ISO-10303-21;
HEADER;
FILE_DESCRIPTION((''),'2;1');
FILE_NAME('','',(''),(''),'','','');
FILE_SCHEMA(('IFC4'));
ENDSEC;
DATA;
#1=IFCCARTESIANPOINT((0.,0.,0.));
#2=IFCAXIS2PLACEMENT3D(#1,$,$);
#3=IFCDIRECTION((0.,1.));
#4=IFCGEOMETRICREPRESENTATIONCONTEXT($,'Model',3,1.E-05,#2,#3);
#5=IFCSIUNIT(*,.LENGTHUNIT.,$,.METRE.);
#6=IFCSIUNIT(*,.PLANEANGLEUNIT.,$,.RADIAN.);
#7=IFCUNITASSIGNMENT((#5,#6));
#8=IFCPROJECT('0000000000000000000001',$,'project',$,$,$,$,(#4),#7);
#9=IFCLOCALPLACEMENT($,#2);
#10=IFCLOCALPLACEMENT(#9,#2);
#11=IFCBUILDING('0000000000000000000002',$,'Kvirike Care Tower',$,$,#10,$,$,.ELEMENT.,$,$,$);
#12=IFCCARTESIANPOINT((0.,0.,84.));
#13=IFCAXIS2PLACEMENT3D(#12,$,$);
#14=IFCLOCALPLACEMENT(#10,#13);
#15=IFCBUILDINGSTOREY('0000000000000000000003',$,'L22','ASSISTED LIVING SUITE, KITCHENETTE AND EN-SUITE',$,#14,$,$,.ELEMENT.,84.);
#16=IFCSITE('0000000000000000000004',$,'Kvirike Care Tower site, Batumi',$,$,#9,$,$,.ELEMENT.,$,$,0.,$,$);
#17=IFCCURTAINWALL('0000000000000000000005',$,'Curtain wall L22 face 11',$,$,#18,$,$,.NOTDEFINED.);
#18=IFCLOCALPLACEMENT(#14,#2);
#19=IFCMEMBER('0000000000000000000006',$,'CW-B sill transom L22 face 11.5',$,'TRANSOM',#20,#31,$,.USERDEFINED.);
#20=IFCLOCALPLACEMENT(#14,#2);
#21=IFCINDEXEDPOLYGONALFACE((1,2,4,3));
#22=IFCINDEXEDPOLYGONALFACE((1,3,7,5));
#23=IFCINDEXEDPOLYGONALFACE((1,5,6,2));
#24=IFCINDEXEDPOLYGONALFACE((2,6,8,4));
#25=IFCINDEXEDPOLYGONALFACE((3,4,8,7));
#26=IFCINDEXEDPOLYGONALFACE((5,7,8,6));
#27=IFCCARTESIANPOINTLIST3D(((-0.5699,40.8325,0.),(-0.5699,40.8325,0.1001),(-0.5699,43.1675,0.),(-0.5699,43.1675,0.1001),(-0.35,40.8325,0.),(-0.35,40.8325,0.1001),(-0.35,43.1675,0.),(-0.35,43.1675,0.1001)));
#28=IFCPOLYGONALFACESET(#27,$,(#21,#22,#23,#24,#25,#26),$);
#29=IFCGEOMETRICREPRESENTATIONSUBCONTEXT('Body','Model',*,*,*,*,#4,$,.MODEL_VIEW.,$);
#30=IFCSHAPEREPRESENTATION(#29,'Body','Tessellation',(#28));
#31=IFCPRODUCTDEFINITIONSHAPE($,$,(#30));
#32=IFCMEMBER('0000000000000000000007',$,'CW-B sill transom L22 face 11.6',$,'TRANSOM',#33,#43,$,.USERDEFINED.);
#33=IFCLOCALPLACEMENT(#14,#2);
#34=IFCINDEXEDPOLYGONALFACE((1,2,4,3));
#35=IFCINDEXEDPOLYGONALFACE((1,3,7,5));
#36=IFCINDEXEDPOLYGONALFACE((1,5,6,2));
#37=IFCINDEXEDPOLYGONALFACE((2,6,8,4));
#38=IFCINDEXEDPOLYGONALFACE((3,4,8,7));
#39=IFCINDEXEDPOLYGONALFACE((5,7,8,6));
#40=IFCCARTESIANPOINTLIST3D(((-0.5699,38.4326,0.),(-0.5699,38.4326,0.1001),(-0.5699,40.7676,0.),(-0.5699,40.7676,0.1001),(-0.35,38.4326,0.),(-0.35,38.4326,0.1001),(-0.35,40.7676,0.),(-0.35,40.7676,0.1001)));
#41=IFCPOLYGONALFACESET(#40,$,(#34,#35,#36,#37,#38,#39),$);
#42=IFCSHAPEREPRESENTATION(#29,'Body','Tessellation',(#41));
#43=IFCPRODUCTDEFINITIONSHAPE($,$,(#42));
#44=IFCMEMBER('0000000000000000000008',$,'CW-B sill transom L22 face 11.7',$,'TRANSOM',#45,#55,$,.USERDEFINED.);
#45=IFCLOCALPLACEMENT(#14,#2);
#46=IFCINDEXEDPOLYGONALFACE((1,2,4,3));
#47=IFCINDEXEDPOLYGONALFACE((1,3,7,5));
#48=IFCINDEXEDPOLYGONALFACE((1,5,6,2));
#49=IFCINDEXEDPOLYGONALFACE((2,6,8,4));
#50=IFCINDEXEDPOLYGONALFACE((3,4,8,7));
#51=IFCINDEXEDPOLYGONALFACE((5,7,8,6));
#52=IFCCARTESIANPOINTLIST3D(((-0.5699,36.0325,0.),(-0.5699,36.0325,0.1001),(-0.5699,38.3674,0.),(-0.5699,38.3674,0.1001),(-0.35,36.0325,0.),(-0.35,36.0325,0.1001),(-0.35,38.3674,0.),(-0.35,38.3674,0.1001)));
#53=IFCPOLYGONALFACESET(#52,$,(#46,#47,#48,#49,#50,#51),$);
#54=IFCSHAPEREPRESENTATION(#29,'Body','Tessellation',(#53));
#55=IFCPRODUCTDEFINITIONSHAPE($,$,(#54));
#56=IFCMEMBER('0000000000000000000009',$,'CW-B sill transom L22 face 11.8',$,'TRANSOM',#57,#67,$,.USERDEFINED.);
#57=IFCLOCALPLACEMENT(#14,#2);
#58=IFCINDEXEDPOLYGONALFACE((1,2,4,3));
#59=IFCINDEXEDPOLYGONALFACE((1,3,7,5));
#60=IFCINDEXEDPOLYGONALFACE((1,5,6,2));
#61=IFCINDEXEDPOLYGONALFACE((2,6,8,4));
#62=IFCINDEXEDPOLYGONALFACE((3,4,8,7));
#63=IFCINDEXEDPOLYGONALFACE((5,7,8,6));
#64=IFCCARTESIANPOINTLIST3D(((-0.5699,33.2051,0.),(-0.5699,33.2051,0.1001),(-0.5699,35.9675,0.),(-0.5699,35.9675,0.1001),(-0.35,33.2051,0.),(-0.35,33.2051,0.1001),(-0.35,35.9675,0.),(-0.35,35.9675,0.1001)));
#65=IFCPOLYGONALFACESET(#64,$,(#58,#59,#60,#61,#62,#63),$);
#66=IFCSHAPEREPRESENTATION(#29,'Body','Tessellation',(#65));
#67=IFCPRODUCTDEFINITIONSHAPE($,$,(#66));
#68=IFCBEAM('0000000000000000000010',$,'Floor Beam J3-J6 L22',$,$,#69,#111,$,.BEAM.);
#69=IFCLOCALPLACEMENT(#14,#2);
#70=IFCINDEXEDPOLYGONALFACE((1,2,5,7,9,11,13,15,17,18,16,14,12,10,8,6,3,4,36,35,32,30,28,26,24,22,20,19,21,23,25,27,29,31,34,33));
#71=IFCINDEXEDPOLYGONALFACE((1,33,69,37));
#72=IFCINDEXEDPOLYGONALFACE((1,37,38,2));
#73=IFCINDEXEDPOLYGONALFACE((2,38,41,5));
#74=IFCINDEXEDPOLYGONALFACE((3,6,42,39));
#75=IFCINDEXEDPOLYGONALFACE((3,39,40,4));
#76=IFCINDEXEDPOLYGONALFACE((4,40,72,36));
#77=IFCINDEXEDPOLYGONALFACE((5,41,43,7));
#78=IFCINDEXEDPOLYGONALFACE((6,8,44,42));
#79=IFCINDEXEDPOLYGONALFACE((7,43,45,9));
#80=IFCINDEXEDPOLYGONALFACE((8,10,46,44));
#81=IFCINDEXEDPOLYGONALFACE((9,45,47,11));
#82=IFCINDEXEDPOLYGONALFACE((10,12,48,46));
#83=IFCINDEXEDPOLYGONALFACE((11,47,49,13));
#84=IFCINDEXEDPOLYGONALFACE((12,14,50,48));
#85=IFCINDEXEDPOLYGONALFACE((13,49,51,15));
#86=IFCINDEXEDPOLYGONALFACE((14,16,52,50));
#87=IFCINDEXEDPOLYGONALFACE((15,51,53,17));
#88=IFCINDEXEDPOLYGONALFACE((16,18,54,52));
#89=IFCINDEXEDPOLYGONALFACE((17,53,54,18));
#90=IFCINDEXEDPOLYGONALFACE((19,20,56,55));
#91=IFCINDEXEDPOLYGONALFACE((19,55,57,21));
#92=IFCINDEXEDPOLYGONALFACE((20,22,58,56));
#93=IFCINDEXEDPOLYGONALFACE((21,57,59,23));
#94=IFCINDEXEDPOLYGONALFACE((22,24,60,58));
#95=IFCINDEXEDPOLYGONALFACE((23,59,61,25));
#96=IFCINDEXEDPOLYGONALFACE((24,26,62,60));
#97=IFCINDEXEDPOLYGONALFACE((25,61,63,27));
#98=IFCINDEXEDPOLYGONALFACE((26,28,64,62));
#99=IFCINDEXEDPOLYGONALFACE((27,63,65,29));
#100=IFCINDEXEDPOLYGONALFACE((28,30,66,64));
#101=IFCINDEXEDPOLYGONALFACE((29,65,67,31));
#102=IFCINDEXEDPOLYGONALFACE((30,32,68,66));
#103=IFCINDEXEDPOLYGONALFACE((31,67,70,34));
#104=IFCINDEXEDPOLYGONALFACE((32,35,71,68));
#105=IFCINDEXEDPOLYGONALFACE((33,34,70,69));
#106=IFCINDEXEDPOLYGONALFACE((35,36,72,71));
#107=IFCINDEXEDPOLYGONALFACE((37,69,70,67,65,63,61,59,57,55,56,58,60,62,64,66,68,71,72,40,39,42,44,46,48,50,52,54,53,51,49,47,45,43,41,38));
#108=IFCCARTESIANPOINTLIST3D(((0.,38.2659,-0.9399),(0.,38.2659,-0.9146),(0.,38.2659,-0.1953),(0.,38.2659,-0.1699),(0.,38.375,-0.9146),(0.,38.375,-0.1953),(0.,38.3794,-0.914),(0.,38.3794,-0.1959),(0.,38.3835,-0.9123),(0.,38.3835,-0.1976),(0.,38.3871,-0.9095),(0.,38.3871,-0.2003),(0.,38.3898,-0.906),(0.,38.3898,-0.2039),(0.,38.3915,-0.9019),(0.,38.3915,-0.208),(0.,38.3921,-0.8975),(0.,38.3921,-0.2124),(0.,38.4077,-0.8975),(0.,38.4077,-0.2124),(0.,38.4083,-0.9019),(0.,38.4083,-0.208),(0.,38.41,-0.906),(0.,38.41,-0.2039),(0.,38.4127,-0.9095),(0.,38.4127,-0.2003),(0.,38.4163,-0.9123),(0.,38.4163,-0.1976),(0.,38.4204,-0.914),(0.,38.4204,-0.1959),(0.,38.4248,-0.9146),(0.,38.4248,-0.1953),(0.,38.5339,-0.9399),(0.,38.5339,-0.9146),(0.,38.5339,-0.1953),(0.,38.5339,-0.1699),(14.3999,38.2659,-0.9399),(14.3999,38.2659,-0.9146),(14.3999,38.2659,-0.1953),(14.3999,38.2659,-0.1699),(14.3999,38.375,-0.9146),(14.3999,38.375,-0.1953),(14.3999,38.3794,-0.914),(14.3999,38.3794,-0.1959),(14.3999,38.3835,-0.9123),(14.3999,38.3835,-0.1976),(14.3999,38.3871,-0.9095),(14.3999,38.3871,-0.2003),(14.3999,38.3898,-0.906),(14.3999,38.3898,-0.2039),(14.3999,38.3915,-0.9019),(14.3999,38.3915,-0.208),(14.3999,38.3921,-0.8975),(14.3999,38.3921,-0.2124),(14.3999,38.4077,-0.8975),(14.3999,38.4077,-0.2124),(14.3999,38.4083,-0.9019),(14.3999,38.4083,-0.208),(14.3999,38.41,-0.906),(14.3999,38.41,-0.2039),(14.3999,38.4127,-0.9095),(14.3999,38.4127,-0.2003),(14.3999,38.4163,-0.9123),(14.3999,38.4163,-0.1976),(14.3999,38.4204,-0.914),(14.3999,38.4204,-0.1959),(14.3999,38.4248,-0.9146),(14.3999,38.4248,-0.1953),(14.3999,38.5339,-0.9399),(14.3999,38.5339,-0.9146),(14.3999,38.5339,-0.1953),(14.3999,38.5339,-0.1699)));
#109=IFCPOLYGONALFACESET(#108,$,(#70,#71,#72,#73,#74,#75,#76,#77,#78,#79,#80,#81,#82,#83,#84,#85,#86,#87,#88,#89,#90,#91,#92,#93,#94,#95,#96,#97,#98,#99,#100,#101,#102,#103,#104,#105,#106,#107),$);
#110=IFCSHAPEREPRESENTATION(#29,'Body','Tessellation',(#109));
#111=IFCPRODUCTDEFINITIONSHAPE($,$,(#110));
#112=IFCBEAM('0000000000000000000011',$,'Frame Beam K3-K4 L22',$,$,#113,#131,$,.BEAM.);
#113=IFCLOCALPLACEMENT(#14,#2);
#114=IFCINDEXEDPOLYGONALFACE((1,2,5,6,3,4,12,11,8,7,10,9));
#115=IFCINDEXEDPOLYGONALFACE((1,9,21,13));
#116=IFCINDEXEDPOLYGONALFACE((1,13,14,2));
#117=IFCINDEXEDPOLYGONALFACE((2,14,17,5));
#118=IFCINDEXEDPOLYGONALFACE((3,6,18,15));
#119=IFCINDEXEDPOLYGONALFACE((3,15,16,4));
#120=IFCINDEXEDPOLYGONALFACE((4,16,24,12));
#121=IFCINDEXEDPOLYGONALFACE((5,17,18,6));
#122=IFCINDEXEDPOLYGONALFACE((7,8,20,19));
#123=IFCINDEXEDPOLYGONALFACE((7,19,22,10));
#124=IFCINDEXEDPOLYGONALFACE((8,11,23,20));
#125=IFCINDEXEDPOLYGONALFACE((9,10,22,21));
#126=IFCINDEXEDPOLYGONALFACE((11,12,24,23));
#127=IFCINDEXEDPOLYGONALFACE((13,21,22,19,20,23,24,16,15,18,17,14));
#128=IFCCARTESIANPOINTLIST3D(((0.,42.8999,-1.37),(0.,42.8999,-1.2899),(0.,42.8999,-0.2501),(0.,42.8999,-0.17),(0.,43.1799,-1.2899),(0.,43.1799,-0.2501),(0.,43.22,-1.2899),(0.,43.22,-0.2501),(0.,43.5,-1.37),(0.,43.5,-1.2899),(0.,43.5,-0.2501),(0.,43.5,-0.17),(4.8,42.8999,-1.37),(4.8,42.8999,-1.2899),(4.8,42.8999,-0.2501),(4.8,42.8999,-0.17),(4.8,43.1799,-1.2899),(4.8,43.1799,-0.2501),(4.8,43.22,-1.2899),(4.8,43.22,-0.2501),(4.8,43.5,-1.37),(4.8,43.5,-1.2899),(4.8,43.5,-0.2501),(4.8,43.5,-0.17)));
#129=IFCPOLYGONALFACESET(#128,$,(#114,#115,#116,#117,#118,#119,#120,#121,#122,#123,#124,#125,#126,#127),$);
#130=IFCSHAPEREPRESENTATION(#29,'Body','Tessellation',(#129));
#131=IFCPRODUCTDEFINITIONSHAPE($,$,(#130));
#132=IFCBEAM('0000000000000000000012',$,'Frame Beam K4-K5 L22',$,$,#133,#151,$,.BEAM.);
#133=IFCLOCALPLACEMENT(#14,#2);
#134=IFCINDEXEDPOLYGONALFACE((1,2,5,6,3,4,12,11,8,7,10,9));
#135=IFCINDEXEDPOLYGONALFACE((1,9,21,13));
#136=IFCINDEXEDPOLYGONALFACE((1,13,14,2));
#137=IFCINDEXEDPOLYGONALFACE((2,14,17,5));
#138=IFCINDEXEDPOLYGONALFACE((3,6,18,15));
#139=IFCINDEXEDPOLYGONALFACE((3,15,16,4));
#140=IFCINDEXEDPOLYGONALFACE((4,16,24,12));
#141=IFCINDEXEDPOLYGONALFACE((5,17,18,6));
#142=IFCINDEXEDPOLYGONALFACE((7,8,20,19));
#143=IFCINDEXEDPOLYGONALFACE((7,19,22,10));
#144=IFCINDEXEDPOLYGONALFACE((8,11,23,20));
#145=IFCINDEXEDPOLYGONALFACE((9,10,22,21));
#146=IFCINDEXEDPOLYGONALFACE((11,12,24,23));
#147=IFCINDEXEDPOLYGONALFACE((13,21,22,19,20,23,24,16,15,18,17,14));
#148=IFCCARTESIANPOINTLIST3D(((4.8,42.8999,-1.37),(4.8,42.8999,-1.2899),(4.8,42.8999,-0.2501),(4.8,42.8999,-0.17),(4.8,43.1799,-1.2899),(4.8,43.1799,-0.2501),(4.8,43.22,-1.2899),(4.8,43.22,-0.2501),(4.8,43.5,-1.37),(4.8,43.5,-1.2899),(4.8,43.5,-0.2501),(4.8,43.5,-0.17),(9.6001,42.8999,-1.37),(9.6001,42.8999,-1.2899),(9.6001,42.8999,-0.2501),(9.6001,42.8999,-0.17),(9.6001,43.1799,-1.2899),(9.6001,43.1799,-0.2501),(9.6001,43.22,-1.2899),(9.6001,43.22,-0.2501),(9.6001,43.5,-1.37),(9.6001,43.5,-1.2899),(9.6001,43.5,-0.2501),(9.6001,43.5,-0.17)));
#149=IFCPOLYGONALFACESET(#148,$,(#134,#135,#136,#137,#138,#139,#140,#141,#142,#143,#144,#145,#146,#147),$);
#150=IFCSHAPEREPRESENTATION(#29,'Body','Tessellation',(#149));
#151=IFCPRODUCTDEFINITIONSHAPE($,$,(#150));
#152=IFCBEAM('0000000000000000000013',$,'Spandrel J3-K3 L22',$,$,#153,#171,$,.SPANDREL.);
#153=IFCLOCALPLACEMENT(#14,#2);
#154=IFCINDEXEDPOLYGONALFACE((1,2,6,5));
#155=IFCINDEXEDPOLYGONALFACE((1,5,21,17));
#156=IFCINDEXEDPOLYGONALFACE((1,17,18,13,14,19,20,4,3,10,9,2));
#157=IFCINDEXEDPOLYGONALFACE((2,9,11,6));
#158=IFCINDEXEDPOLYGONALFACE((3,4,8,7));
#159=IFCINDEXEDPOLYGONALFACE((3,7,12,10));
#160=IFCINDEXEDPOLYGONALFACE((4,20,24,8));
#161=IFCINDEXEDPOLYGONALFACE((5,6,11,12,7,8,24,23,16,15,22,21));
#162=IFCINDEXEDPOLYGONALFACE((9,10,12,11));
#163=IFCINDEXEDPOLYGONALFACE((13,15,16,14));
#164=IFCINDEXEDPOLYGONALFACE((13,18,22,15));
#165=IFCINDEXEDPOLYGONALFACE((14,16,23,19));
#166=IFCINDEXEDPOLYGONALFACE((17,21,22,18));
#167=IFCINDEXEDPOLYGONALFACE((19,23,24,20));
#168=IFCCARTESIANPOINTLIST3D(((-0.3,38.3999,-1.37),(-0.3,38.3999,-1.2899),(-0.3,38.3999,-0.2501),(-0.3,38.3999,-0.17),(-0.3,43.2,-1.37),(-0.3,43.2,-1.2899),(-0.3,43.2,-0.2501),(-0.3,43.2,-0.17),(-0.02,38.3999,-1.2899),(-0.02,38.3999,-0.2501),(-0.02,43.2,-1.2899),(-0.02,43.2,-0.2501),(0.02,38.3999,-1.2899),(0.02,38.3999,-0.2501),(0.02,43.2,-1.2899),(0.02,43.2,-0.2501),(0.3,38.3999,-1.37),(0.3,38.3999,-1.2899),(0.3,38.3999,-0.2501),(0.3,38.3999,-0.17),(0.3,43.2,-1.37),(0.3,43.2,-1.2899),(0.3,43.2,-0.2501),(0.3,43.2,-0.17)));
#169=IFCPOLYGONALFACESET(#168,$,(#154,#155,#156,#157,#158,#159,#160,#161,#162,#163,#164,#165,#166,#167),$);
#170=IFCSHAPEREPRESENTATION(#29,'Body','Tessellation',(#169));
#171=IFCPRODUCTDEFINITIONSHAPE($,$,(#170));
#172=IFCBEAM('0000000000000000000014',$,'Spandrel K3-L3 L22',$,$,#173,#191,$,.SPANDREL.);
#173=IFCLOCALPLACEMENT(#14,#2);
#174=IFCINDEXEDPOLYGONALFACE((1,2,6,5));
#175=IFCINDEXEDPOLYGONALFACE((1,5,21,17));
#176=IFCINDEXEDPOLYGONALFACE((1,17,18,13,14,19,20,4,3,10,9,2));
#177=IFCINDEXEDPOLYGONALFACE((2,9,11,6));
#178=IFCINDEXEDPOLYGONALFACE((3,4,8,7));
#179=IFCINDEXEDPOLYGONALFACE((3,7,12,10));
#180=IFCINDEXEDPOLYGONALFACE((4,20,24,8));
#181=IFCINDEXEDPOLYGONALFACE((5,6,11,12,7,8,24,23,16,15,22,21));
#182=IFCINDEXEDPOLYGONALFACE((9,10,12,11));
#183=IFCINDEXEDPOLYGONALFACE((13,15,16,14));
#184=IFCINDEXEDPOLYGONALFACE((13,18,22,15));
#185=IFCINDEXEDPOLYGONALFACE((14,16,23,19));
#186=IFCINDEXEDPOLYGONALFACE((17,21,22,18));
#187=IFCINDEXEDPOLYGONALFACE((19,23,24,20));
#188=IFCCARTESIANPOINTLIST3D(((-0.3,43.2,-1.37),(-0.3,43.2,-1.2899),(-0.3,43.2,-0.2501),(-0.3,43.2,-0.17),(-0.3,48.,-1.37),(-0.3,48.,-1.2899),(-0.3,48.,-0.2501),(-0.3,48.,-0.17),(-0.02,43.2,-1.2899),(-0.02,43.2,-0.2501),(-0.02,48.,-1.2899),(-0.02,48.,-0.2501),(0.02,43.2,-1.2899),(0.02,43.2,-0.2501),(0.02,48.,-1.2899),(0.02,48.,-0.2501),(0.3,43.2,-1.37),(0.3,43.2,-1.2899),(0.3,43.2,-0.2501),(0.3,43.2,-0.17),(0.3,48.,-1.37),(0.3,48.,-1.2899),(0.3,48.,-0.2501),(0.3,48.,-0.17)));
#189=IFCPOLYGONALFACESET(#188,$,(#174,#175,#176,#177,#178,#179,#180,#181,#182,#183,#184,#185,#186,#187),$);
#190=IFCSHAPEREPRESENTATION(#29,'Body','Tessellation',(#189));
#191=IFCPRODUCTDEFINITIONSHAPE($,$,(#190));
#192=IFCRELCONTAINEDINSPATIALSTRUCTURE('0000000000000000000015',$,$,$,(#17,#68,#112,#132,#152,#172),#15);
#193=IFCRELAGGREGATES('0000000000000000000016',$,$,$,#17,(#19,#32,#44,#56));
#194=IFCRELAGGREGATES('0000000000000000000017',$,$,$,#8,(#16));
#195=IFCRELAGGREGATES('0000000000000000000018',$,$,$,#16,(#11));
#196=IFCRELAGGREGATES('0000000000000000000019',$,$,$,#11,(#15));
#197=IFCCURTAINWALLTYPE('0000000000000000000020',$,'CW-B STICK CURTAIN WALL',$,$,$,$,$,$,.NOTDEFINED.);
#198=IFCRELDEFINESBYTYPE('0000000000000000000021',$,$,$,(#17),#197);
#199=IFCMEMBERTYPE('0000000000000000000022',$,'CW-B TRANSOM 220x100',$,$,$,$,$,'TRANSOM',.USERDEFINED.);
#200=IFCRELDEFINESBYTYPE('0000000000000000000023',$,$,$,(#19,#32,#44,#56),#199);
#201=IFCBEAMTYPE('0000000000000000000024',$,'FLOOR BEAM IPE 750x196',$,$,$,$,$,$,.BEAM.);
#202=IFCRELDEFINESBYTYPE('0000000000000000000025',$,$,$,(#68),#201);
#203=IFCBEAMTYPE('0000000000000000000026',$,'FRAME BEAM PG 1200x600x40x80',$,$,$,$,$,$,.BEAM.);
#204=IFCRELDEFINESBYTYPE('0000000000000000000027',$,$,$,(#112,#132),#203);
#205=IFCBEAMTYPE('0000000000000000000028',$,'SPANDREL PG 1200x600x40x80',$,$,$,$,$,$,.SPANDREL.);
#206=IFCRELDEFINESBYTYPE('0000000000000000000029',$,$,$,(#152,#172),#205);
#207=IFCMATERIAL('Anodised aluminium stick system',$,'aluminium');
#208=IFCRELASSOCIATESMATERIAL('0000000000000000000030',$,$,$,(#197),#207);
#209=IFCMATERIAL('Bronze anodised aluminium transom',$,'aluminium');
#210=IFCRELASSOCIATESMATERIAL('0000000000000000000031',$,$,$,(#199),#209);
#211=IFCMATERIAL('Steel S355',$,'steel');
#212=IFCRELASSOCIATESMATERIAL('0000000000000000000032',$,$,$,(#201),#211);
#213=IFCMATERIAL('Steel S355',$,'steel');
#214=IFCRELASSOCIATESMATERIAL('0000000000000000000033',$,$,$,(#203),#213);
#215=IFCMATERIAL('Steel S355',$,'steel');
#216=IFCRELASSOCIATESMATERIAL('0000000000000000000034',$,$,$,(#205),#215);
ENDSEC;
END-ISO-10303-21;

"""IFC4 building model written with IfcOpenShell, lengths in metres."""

from ifc_helpers import new_model, si_unit, direction, frame, origin, origin_2d, place, context, subcontext, project, spatial, rectangle, i_section, extrude, material, material_profile, profile_set, type_object, element, aggregate, save


model = new_model("IFC4")

# Units and contexts
model_context = context("Model", 3, precision=1e-05, world=origin(), true_north=direction((0.0, 1.0)))
body_context = subcontext(model_context, "Body", "Model", "MODEL_VIEW")
ifc_project = project(units=[si_unit("LENGTHUNIT", "METRE"), si_unit("PLANEANGLEUNIT", "RADIAN")], contexts=[model_context])

# Site, building, storey
site_placement = place(None, origin())
site = spatial("IfcSite", under=ifc_project, at=site_placement, Name="Kvirike Care Tower site, Batumi", CompositionType="ELEMENT", RefElevation=0.0)
building_placement = place(site_placement, origin())
building = spatial("IfcBuilding", under=site, at=building_placement, Name="Kvirike Care Tower", CompositionType="ELEMENT")
storey_placement = place(building_placement, frame((0.0, 0.0, 84.0)))
storey = spatial("IfcBuildingStorey", under=building, at=storey_placement, Name="L22", Description="ASSISTED LIVING SUITE, KITCHENETTE AND EN-SUITE", CompositionType="ELEMENT", Elevation=84.0)

# Curtain wall, members
ifc_material_1 = material(Name="Anodised aluminium stick system", Category="aluminium")
curtain_wall_type = type_object("IfcCurtainWallType", Name="CW-B STICK CURTAIN WALL", PredefinedType="NOTDEFINED", material=ifc_material_1)
curtain_wall_placement = place(storey_placement, origin())
curtain_wall = element("IfcCurtainWall", 1, at=curtain_wall_placement, inside=storey, type_object=curtain_wall_type, Name="Curtain wall L22 face 11", PredefinedType="NOTDEFINED")
ifc_material_2 = material(Name="Bronze anodised aluminium transom", Category="aluminium")
ifc_material_profile_1 = material_profile(ifc_material_2, rectangle(XDim=0.22, YDim=0.1001, at=origin_2d()), Name="CW-B TRANSOM 220x100")
ifc_profile_set_1 = profile_set([ifc_material_profile_1], Name="Bronze anodised aluminium transom")
member_type_1 = type_object("IfcMemberType", Name="CW-B TRANSOM 220x100", ElementType="TRANSOM", PredefinedType="USERDEFINED", material=ifc_profile_set_1)
member_1_placement = place(storey_placement, frame((-0.46, 43.1675, 0.05), z_axis=(0.0, -1.0, 0.0), x_axis=(1.0, 0.0, 0.0)))
member_1 = element("IfcMember", 2, at=member_1_placement, type_object=member_type_1, Name="CW-B sill transom L22 face 11.5", ObjectType="TRANSOM", PredefinedType="USERDEFINED", context=body_context, shape_type="SweptSolid", body=[
    extrude(rectangle(XDim=0.22, YDim=0.1001, at=origin_2d()), origin(), (0.0, 0.0, 1.0), 2.335),
])
member_2_placement = place(storey_placement, frame((-0.46, 40.7676, 0.05), z_axis=(0.0, -1.0, 0.0), x_axis=(1.0, 0.0, 0.0)))
member_2 = element("IfcMember", 3, at=member_2_placement, type_object=member_type_1, Name="CW-B sill transom L22 face 11.6", ObjectType="TRANSOM", PredefinedType="USERDEFINED", context=body_context, shape_type="SweptSolid", body=[
    extrude(rectangle(XDim=0.22, YDim=0.1001, at=origin_2d()), origin(), (0.0, 0.0, 1.0), 2.335),
])
member_3_placement = place(storey_placement, frame((-0.46, 38.3674, 0.05), z_axis=(0.0, -1.0, 0.0), x_axis=(1.0, 0.0, 0.0)))
member_3 = element("IfcMember", 4, at=member_3_placement, type_object=member_type_1, Name="CW-B sill transom L22 face 11.7", ObjectType="TRANSOM", PredefinedType="USERDEFINED", context=body_context, shape_type="SweptSolid", body=[
    extrude(rectangle(XDim=0.22, YDim=0.1001, at=origin_2d()), origin(), (0.0, 0.0, 1.0), 2.335),
])
member_4_placement = place(storey_placement, frame((-0.46, 35.9675, 0.05), z_axis=(0.0, -1.0, 0.0), x_axis=(1.0, 0.0, 0.0)))
member_4 = element("IfcMember", 5, at=member_4_placement, type_object=member_type_1, Name="CW-B sill transom L22 face 11.8", ObjectType="TRANSOM", PredefinedType="USERDEFINED", context=body_context, shape_type="SweptSolid", body=[
    extrude(rectangle(XDim=0.22, YDim=0.1001, at=origin_2d()), origin(), (0.0, 0.0, 1.0), 2.7625),
])

# Beams
ifc_material_3 = material(Name="Steel S355", Category="steel")
ifc_material_profile_2 = material_profile(ifc_material_3, i_section(OverallWidth=0.2681, OverallDepth=0.77, WebThickness=0.0156, FlangeThickness=0.0254, FilletRadius=0.0171, at=origin_2d()), Name="IPE 750x196")
ifc_profile_set_2 = profile_set([ifc_material_profile_2], Name="Steel S355")
beam_type_1 = type_object("IfcBeamType", Name="FLOOR BEAM IPE 750x196", PredefinedType="BEAM", material=ifc_profile_set_2)
beam_placement = place(storey_placement, frame((0.0, 38.3999, -0.5549), z_axis=(1.0, 0.0, 0.0), x_axis=(0.0, 1.0, 0.0)))
element("IfcBeam", 6, at=beam_placement, inside=storey, type_object=beam_type_1, Name="Floor Beam J3-J6 L22", PredefinedType="BEAM", context=body_context, shape_type="SweptSolid", body=[
    extrude(i_section(OverallWidth=0.2681, OverallDepth=0.77, WebThickness=0.0156, FlangeThickness=0.0254, FilletRadius=0.0171, at=origin_2d()), origin(), (0.0, 0.0, 1.0), 14.3999),
])
ifc_material_4 = material(Name="Steel S355", Category="steel")
ifc_material_profile_3 = material_profile(ifc_material_4, i_section(OverallWidth=0.6001, OverallDepth=1.2, WebThickness=0.04, FlangeThickness=0.0801, at=origin_2d()), Name="PG 1200x600x40x80")
ifc_profile_set_3 = profile_set([ifc_material_profile_3], Name="Steel S355")
beam_type_2 = type_object("IfcBeamType", Name="FRAME BEAM PG 1200x600x40x80", PredefinedType="BEAM", material=ifc_profile_set_3)
for number, where, z_axis, x_axis, name in (
    (7, (0.0, 43.2, -0.77), (1.0, 0.0, 0.0), (0.0, 1.0, 0.0), "Frame Beam K3-K4 L22"),
    (8, (4.8, 43.2, -0.77), (1.0, 0.0, 0.0), (0.0, 1.0, 0.0), "Frame Beam K4-K5 L22"),
):
    element("IfcBeam", number, at=place(storey_placement, frame(where, z_axis=z_axis, x_axis=x_axis)), inside=storey, type_object=beam_type_2, Name=name, PredefinedType="BEAM", context=body_context, shape_type="SweptSolid", body=[
        extrude(i_section(OverallWidth=0.6001, OverallDepth=1.2, WebThickness=0.04, FlangeThickness=0.0801, at=origin_2d()), origin(), (0.0, 0.0, 1.0), 4.8),
    ])
ifc_material_5 = material(Name="Steel S355", Category="steel")
ifc_material_profile_4 = material_profile(ifc_material_5, i_section(OverallWidth=0.6001, OverallDepth=1.2, WebThickness=0.04, FlangeThickness=0.0801, at=origin_2d()), Name="PG 1200x600x40x80")
ifc_profile_set_4 = profile_set([ifc_material_profile_4], Name="Steel S355")
beam_type_3 = type_object("IfcBeamType", Name="SPANDREL PG 1200x600x40x80", PredefinedType="SPANDREL", material=ifc_profile_set_4)
for number, where, z_axis, x_axis, name in (
    (9, (0.0, 38.3999, -0.77), (0.0, 1.0, 0.0), (-1.0, 0.0, 0.0), "Spandrel J3-K3 L22"),
    (10, (0.0, 43.2, -0.77), (0.0, 1.0, 0.0), (-1.0, 0.0, 0.0), "Spandrel K3-L3 L22"),
):
    element("IfcBeam", number, at=place(storey_placement, frame(where, z_axis=z_axis, x_axis=x_axis)), inside=storey, type_object=beam_type_3, Name=name, PredefinedType="SPANDREL", context=body_context, shape_type="SweptSolid", body=[
        extrude(i_section(OverallWidth=0.6001, OverallDepth=1.2, WebThickness=0.04, FlangeThickness=0.0801, at=origin_2d()), origin(), (0.0, 0.0, 1.0), 4.8),
    ])

aggregate(curtain_wall, [member_1, member_2, member_3, member_4])

save(model, "model.ifc")
